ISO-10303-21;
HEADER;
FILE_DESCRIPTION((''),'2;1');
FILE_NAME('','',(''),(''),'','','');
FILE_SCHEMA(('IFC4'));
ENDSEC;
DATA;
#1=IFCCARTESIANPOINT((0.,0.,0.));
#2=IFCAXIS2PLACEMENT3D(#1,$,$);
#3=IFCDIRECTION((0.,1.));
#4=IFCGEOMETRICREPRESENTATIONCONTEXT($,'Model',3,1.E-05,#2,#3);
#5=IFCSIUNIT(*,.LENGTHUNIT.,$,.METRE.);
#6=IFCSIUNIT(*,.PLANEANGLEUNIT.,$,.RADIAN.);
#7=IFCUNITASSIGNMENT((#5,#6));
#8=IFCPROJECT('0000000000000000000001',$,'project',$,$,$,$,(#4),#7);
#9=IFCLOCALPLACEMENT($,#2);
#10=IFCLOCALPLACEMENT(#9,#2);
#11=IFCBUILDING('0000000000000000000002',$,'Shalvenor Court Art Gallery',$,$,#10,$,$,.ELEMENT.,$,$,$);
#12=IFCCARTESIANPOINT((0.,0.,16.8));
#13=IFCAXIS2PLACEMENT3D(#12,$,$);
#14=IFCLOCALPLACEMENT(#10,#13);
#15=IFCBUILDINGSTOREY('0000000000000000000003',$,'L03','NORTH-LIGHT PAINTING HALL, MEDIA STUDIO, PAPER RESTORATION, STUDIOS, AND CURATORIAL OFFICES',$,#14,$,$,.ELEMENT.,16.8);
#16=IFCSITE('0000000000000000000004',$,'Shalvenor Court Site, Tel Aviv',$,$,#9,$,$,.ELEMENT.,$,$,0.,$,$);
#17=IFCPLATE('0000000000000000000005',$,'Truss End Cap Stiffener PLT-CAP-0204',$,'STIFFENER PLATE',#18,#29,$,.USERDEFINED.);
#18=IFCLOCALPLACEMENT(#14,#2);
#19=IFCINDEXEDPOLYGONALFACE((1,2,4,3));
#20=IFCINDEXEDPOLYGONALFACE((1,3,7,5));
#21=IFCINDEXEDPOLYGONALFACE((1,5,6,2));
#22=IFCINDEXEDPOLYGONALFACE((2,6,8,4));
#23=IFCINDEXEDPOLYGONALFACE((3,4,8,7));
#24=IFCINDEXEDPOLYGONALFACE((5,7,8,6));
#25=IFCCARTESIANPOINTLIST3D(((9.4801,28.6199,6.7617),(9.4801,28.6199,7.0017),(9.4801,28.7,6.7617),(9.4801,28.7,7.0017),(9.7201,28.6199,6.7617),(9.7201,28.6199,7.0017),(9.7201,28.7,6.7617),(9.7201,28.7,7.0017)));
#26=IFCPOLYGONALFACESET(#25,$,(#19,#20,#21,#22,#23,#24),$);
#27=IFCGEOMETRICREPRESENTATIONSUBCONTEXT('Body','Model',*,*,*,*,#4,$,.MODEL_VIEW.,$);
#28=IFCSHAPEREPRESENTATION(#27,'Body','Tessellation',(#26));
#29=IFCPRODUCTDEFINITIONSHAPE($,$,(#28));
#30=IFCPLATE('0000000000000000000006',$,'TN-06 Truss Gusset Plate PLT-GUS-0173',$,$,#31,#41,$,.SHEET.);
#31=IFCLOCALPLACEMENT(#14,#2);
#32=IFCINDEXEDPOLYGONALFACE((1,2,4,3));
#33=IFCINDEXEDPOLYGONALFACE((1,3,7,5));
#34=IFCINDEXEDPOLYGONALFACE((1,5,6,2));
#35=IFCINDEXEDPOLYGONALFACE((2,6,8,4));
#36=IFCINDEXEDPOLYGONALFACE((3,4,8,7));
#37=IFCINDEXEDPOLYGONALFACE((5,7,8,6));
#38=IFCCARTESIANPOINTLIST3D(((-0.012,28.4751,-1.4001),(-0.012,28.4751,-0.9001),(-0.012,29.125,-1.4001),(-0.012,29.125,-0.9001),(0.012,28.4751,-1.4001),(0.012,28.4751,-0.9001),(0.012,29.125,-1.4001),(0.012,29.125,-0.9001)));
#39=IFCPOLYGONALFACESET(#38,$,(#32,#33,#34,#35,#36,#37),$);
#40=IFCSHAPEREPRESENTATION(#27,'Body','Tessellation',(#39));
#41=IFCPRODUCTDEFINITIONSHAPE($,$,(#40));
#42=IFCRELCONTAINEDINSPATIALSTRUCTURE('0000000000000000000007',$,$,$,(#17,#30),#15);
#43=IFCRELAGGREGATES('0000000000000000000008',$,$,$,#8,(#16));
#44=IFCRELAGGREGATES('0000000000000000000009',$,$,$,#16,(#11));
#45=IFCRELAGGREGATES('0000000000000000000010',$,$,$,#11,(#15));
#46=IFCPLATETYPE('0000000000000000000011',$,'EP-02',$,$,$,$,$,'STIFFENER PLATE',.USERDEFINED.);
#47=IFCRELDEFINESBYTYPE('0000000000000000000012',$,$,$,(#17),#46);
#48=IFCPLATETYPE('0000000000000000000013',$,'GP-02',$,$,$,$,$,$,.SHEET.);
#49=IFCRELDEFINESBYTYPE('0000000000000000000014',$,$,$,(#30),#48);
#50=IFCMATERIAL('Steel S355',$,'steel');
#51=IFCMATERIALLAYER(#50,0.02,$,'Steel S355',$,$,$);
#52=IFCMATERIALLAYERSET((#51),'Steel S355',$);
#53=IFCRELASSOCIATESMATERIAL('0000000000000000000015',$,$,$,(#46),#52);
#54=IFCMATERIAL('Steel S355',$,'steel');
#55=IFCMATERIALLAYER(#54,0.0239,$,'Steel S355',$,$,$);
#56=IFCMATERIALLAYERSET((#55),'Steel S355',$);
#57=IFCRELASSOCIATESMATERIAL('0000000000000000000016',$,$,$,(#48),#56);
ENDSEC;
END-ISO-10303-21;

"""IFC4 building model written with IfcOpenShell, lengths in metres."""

from ifc_helpers import new_model, si_unit, direction, frame, origin, origin_2d, place, context, subcontext, project, spatial, rectangle, extrude, material, layer, layer_set, type_object, element, save


model = new_model("IFC4")

# Units and contexts
model_context = context("Model", 3, precision=1e-05, world=origin(), true_north=direction((0.0, 1.0)))
body_context = subcontext(model_context, "Body", "Model", "MODEL_VIEW")
ifc_project = project(units=[si_unit("LENGTHUNIT", "METRE"), si_unit("PLANEANGLEUNIT", "RADIAN")], contexts=[model_context])

# Site, building, storey
site_placement = place(None, origin())
site = spatial("IfcSite", under=ifc_project, at=site_placement, Name="Shalvenor Court Site, Tel Aviv", CompositionType="ELEMENT", RefElevation=0.0)
building_placement = place(site_placement, origin())
building = spatial("IfcBuilding", under=site, at=building_placement, Name="Shalvenor Court Art Gallery", CompositionType="ELEMENT")
storey_placement = place(building_placement, frame((0.0, 0.0, 16.8)))
storey = spatial("IfcBuildingStorey", under=building, at=storey_placement, Name="L03", Description="NORTH-LIGHT PAINTING HALL, MEDIA STUDIO, PAPER RESTORATION, STUDIOS, AND CURATORIAL OFFICES", CompositionType="ELEMENT", Elevation=16.8)

# Plates
ifc_material_1 = material(Name="Steel S355", Category="steel")
ifc_layer_1 = layer(ifc_material_1, 0.02, Name="Steel S355")
ifc_layer_set_1 = layer_set([ifc_layer_1], Name="Steel S355")
plate_type_1 = type_object("IfcPlateType", Name="EP-02", ElementType="STIFFENER PLATE", PredefinedType="USERDEFINED", material=ifc_layer_set_1)
for number, where, z_axis, x_axis, name in (
    (1, (9.6001, 28.6599, 6.7617), (0.0, 0.0, 1.0), (1.0, 0.0, 0.0), "Truss End Cap Stiffener PLT-CAP-0204"),
):
    element("IfcPlate", number, at=place(storey_placement, frame(where, z_axis=z_axis, x_axis=x_axis)), inside=storey, type_object=plate_type_1, Name=name, ObjectType="STIFFENER PLATE", PredefinedType="USERDEFINED", context=body_context, shape_type="SweptSolid", body=[
        extrude(rectangle(XDim=0.24, YDim=0.0801, at=origin_2d()), origin(), (0.0, 0.0, 1.0), 0.24),
    ])
ifc_material_2 = material(Name="Steel S355", Category="steel")
ifc_layer_2 = layer(ifc_material_2, 0.0239, Name="Steel S355")
ifc_layer_set_2 = layer_set([ifc_layer_2], Name="Steel S355")
plate_type_2 = type_object("IfcPlateType", Name="GP-02", PredefinedType="SHEET", material=ifc_layer_set_2)
plate_1_placement = place(storey_placement, frame((0.0, 28.8, -1.4001), z_axis=(0.0, 0.0, 1.0), x_axis=(0.0, 1.0, 0.0)))
element("IfcPlate", 2, at=plate_1_placement, inside=storey, type_object=plate_type_2, Name="TN-06 Truss Gusset Plate PLT-GUS-0173", PredefinedType="SHEET", context=body_context, shape_type="SweptSolid", body=[
    extrude(rectangle(XDim=0.6499, YDim=0.0239, at=origin_2d()), origin(), (0.0, 0.0, 1.0), 0.5),
])

save(model, "model.ifc")
